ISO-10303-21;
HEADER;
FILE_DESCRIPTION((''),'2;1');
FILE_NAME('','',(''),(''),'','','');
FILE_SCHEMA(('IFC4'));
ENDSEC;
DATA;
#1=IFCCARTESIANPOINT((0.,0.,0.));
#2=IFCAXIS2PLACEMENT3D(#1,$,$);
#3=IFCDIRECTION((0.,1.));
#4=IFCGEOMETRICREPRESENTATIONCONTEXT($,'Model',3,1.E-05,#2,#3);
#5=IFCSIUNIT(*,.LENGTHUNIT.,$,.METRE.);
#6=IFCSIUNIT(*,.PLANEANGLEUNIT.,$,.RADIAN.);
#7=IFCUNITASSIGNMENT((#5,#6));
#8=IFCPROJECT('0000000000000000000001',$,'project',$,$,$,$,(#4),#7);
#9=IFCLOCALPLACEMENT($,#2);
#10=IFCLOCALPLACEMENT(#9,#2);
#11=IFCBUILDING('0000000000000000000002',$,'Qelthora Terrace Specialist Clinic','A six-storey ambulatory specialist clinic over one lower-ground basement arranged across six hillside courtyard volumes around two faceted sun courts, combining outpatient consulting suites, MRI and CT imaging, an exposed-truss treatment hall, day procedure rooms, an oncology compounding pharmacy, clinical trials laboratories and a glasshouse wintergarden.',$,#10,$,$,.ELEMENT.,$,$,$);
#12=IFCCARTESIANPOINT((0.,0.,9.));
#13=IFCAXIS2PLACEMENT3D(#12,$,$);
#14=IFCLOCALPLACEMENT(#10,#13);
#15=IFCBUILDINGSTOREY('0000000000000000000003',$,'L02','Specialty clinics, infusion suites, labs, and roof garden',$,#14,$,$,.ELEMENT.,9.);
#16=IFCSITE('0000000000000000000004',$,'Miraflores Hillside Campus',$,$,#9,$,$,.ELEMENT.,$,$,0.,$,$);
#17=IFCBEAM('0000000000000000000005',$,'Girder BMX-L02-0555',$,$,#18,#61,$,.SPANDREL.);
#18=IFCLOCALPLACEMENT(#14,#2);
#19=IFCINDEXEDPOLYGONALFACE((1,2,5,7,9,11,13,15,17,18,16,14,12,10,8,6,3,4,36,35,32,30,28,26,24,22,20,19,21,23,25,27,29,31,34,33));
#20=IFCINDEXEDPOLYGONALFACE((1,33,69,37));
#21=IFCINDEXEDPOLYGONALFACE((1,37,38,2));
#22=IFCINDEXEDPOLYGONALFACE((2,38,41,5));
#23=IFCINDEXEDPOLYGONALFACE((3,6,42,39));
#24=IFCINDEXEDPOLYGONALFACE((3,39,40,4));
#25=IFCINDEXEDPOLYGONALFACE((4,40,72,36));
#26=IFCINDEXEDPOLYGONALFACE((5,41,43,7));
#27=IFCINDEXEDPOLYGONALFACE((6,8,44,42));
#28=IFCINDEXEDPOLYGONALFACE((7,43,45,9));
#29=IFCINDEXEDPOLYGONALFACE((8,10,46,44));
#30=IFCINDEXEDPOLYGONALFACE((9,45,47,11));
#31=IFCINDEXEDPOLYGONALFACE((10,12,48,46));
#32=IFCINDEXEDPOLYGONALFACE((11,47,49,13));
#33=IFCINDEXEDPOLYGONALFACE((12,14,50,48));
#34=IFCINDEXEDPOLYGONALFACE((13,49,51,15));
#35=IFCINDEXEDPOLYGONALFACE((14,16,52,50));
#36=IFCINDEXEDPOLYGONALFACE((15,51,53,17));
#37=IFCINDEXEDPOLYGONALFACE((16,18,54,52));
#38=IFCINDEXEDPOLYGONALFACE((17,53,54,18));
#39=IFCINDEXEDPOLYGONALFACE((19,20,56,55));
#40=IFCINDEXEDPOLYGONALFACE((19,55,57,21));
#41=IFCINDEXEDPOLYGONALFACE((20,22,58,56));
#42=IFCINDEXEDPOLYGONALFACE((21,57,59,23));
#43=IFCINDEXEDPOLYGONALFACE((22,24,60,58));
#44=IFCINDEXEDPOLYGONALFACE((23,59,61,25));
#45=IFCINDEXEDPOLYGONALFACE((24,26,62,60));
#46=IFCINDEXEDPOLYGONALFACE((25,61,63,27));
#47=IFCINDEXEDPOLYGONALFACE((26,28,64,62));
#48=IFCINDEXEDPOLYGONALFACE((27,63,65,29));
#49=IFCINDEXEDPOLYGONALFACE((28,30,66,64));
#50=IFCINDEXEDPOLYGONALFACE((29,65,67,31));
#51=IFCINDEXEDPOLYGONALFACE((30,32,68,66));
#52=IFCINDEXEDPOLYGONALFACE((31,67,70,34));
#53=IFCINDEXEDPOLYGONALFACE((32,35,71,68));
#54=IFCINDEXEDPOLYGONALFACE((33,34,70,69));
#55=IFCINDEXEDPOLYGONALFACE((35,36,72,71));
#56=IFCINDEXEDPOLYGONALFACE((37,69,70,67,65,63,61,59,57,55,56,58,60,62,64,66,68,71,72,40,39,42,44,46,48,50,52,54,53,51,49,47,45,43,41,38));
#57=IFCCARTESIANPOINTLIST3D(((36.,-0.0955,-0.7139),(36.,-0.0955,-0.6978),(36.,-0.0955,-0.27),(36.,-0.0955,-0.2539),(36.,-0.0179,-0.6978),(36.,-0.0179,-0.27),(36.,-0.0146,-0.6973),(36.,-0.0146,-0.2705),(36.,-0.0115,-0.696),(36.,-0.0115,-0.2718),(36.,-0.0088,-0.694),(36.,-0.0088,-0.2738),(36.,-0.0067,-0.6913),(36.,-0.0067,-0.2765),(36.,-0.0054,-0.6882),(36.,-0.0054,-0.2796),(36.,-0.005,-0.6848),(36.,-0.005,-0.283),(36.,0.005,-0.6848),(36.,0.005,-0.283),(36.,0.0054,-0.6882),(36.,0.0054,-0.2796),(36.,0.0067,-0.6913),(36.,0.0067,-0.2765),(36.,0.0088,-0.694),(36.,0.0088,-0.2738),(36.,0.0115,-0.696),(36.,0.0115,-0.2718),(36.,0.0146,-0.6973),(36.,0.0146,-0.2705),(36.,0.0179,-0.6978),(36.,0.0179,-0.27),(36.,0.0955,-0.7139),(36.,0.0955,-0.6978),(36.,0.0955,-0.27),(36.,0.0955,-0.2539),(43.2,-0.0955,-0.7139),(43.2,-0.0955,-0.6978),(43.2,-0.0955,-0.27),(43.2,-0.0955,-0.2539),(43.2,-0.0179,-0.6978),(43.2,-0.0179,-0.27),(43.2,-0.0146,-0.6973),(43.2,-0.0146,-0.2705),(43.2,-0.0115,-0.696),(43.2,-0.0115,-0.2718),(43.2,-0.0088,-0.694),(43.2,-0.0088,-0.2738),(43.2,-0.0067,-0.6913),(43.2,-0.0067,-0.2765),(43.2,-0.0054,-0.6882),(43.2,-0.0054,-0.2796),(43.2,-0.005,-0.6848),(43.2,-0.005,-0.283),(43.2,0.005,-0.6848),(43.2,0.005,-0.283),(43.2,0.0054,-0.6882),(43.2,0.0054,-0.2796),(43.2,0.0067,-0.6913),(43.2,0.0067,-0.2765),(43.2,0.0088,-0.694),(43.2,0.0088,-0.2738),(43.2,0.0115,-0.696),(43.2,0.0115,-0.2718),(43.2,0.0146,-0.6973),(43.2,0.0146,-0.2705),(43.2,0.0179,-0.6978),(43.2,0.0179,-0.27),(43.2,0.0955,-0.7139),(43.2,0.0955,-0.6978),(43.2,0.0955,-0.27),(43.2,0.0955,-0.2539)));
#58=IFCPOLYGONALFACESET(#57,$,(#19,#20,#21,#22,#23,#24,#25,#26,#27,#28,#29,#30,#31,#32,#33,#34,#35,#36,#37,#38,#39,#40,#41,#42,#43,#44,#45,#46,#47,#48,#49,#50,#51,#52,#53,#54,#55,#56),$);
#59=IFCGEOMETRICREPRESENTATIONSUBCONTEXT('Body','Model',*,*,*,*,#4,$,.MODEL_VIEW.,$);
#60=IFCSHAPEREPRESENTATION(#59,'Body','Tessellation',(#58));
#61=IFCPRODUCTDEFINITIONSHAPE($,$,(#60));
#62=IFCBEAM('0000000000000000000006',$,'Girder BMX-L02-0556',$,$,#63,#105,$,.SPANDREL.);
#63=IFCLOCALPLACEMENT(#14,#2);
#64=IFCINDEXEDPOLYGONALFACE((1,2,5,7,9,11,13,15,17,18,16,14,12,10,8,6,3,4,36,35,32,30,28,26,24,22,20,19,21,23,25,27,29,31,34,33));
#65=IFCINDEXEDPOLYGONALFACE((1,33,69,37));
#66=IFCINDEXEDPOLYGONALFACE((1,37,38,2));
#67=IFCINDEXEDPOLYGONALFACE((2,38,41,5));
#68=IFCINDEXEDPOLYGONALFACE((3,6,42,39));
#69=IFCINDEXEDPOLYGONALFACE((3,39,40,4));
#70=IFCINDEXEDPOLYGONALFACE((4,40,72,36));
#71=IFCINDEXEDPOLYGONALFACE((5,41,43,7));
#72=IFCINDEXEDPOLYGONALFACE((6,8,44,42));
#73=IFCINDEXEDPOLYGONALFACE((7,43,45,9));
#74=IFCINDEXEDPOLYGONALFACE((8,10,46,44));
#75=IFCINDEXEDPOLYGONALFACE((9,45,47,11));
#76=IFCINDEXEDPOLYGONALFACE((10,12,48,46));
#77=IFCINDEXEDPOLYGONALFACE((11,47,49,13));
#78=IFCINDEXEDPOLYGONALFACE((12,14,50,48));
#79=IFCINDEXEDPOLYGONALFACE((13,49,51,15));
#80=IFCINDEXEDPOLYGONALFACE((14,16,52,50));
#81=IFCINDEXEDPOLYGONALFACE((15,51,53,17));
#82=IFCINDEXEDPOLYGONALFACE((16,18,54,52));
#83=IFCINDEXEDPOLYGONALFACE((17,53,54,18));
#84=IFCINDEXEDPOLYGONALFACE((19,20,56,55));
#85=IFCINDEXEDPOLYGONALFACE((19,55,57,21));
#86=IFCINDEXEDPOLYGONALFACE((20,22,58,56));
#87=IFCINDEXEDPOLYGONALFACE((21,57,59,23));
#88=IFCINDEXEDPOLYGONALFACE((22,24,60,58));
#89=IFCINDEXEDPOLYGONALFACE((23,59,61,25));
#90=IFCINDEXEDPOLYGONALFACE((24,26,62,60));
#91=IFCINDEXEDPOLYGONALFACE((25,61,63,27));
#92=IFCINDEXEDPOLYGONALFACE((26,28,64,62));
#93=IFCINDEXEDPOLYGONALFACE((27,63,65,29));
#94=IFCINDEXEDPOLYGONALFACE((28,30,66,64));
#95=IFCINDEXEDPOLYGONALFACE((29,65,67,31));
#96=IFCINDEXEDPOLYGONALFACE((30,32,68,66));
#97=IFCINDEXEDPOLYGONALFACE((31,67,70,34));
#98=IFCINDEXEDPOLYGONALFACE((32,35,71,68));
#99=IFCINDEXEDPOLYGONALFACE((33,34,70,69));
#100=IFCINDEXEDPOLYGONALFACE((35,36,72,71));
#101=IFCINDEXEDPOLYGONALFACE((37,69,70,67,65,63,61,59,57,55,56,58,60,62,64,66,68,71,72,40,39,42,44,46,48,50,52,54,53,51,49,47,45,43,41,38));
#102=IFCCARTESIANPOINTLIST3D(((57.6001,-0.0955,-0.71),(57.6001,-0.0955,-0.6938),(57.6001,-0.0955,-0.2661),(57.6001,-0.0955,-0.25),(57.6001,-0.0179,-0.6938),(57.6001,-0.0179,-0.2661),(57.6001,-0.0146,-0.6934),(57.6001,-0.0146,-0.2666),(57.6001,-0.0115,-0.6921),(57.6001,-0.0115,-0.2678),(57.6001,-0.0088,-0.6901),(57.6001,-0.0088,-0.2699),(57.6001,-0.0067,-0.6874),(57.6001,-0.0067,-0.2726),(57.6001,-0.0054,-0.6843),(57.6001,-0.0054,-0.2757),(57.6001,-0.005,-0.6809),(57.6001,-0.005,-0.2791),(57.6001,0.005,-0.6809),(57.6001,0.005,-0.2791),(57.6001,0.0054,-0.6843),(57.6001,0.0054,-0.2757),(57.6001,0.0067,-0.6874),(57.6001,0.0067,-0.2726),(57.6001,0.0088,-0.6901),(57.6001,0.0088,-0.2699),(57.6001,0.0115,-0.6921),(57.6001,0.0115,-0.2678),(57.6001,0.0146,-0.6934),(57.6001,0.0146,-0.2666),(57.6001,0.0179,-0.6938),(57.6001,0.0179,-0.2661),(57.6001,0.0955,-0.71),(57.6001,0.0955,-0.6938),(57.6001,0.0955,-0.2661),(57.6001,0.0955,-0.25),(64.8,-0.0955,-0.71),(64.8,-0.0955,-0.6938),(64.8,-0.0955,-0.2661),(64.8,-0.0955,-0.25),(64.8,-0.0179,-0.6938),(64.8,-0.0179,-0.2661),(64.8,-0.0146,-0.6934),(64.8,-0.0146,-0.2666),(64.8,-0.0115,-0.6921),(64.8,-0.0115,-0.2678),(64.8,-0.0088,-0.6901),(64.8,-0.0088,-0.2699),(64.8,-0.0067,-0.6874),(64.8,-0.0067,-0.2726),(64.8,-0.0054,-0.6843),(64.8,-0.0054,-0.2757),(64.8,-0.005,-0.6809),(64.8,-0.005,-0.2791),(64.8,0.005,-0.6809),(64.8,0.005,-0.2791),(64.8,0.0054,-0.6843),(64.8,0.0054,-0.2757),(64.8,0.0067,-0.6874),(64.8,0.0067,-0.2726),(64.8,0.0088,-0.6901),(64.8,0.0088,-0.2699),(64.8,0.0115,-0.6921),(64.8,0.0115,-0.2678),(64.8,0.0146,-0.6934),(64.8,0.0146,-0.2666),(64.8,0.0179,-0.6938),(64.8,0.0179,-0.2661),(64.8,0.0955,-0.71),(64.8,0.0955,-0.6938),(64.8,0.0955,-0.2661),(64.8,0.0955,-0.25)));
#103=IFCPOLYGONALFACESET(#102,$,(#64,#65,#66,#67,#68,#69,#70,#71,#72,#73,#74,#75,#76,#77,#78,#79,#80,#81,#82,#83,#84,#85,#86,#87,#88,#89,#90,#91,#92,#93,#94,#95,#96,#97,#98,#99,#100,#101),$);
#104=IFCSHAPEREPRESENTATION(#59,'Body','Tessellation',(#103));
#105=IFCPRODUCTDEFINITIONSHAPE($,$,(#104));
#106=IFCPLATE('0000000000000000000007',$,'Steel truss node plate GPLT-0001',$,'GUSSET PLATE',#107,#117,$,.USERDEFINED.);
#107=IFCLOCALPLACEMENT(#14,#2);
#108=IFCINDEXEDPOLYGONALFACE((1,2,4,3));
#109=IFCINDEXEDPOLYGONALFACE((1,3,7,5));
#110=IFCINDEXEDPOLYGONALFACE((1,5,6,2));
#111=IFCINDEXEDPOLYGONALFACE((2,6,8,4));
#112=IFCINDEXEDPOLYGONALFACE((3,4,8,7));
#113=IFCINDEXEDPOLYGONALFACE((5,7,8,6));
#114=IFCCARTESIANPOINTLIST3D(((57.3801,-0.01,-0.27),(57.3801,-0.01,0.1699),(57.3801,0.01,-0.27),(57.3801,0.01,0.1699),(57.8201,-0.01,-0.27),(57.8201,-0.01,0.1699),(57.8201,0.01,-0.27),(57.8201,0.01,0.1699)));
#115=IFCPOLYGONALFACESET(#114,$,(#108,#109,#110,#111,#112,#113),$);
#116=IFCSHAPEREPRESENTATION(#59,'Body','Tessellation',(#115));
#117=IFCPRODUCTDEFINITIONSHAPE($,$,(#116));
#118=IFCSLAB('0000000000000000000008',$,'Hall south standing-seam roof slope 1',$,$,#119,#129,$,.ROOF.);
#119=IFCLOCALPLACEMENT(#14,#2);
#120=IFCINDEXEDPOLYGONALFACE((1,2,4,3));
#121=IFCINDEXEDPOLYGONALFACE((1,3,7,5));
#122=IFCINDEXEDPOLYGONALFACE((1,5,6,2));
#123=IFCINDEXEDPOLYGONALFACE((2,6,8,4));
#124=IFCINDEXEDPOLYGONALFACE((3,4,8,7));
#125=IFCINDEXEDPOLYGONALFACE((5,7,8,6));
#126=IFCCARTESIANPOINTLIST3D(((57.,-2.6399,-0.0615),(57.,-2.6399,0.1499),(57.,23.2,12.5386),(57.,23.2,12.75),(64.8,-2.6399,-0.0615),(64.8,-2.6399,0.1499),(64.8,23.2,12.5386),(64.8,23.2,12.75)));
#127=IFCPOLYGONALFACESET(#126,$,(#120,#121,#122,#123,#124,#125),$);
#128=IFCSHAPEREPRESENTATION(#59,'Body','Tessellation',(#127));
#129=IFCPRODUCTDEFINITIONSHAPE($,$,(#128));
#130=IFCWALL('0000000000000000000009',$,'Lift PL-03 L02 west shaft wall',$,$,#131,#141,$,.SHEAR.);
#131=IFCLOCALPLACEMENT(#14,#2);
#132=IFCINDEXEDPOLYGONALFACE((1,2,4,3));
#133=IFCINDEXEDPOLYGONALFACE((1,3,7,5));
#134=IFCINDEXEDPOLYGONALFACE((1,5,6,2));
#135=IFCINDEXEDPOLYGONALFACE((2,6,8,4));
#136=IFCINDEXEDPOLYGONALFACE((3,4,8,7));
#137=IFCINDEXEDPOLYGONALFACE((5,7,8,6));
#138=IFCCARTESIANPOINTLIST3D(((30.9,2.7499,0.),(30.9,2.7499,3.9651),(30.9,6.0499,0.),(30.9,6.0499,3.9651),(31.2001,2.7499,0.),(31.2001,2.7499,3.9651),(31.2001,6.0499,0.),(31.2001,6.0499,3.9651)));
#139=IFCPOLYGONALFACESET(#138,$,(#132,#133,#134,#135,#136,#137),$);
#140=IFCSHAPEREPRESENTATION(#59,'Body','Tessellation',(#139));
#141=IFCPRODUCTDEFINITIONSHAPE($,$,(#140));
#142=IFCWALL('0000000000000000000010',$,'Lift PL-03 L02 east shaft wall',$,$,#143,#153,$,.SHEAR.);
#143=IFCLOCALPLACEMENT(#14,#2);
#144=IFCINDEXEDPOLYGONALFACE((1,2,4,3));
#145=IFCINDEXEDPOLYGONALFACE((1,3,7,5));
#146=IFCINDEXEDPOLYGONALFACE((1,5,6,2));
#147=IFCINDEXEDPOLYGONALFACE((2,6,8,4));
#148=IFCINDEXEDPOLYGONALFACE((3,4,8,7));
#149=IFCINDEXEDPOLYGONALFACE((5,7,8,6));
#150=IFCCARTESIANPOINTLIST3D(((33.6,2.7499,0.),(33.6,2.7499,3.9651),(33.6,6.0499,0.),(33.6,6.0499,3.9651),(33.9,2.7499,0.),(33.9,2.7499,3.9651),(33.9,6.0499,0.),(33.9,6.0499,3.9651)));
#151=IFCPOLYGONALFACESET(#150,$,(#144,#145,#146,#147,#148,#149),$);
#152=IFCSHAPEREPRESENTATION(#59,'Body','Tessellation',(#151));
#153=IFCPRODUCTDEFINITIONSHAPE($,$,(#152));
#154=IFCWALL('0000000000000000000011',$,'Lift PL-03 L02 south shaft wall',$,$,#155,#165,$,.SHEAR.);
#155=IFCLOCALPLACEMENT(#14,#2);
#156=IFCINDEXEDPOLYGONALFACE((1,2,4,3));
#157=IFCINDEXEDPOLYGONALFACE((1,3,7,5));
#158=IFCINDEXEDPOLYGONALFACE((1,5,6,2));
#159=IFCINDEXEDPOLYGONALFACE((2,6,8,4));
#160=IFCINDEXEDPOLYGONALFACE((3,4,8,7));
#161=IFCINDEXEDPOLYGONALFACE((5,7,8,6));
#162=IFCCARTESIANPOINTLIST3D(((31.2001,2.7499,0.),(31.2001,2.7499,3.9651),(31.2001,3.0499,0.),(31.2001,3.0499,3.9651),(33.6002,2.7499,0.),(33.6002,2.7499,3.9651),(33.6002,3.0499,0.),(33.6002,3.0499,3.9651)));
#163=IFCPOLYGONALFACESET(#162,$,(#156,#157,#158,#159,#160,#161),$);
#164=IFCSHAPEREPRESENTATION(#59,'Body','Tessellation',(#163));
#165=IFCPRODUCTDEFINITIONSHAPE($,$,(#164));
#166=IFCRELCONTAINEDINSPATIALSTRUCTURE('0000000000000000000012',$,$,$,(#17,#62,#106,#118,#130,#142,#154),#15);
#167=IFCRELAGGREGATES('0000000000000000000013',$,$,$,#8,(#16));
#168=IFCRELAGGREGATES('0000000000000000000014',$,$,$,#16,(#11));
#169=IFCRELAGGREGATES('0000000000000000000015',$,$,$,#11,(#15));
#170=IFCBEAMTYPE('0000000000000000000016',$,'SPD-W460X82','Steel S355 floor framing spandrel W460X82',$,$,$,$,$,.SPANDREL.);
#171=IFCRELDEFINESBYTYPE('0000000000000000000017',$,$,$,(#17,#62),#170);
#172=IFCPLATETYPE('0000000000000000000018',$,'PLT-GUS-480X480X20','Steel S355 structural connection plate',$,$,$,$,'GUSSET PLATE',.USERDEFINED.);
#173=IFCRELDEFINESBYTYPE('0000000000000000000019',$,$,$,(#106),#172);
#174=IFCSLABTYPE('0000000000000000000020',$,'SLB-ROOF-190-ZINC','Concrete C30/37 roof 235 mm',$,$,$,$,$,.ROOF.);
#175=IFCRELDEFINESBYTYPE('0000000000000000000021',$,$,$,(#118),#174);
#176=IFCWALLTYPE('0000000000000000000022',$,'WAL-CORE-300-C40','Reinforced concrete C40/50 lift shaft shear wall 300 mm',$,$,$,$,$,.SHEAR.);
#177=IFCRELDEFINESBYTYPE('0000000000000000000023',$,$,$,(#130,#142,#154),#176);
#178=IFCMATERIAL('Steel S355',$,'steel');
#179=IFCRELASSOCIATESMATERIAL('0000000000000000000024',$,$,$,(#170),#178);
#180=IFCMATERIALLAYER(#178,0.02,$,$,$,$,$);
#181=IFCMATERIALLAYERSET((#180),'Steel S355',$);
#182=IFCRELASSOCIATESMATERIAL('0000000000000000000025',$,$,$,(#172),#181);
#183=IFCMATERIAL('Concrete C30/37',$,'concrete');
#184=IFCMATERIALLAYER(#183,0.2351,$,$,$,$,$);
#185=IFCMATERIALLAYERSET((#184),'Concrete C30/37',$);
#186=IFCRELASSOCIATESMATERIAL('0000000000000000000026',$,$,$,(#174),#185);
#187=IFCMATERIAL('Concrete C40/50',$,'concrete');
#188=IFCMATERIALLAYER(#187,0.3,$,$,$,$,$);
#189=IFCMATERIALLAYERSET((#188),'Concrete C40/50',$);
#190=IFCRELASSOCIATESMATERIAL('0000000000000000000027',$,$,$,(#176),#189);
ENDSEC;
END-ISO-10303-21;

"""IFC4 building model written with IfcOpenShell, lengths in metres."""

from ifc_helpers import new_model, si_unit, direction, frame, frame_2d, origin, origin_2d, place, context, subcontext, project, spatial, polyline, rectangle, i_section, outline, extrude, material, layer, layer_set, material_profile, profile_set, type_object, element, save


model = new_model("IFC4")

# Units and contexts
model_context = context("Model", 3, precision=1e-05, world=origin(), true_north=direction((0.0, 1.0)))
body_context = subcontext(model_context, "Body", "Model", "MODEL_VIEW")
ifc_project = project(units=[si_unit("LENGTHUNIT", "METRE"), si_unit("PLANEANGLEUNIT", "RADIAN")], contexts=[model_context])

# Site, building, storey
site_placement = place(None, origin())
site = spatial("IfcSite", under=ifc_project, at=site_placement, Name="Miraflores Hillside Campus", CompositionType="ELEMENT", RefElevation=0.0)
building_placement = place(site_placement, origin())
building = spatial("IfcBuilding", under=site, at=building_placement, Name="Qelthora Terrace Specialist Clinic", Description="A six-storey ambulatory specialist clinic over one lower-ground basement arranged across six hillside courtyard volumes around two faceted sun courts, combining outpatient consulting suites, MRI and CT imaging, an exposed-truss treatment hall, day procedure rooms, an oncology compounding pharmacy, clinical trials laboratories and a glasshouse wintergarden.", CompositionType="ELEMENT")
storey_placement = place(building_placement, frame((0.0, 0.0, 9.0)))
storey = spatial("IfcBuildingStorey", under=building, at=storey_placement, Name="L02", Description="Specialty clinics, infusion suites, labs, and roof garden", CompositionType="ELEMENT", Elevation=9.0)

# Shared definitions
ifc_material_1 = material(Name="Steel S355", Category="steel")

# Beams
ifc_material_profile_1 = material_profile(ifc_material_1, i_section(OverallWidth=0.1909, OverallDepth=0.46, WebThickness=0.01, FlangeThickness=0.0161, FilletRadius=0.0129, at=origin_2d()), Name="W460X82")
ifc_profile_set_1 = profile_set([ifc_material_profile_1], Name="Steel S355")
beam_type_1 = type_object("IfcBeamType", Name="SPD-W460X82", Description="Steel S355 floor framing spandrel W460X82", PredefinedType="SPANDREL", material=ifc_profile_set_1)
for number, where, z_axis, x_axis, name in (
    (1, (36.0, 0.0, -0.4839), (1.0, 0.0, 0.0), (0.0, 1.0, 0.0), "Girder BMX-L02-0555"),
    (2, (57.6001, 0.0, -0.48), (1.0, 0.0, 0.0), (0.0, 1.0, 0.0), "Girder BMX-L02-0556"),
):
    element("IfcBeam", number, at=place(storey_placement, frame(where, z_axis=z_axis, x_axis=x_axis)), inside=storey, type_object=beam_type_1, Name=name, PredefinedType="SPANDREL", context=body_context, shape_type="SweptSolid", body=[
        extrude(i_section(OverallWidth=0.1909, OverallDepth=0.46, WebThickness=0.01, FlangeThickness=0.0161, FilletRadius=0.0129, at=origin_2d()), origin(), (0.0, 0.0, 1.0), 7.2),
    ])

# Plate
ifc_layer_1 = layer(ifc_material_1, 0.02)
ifc_layer_set_1 = layer_set([ifc_layer_1], Name="Steel S355")
plate_type = type_object("IfcPlateType", Name="PLT-GUS-480X480X20", Description="Steel S355 structural connection plate", ElementType="GUSSET PLATE", PredefinedType="USERDEFINED", material=ifc_layer_set_1)
plate_placement = place(storey_placement, frame((57.6001, 0.0, -0.27), z_axis=(0.0, 0.0, 1.0), x_axis=(1.0, 0.0, 0.0)))
element("IfcPlate", 3, at=plate_placement, inside=storey, type_object=plate_type, Name="Steel truss node plate GPLT-0001", ObjectType="GUSSET PLATE", PredefinedType="USERDEFINED", context=body_context, shape_type="SweptSolid", body=[
    extrude(rectangle(XDim=0.4399, YDim=0.02, at=origin_2d()), origin(), (0.0, 0.0, 1.0), 0.4399),
])

# Slab
ifc_material_2 = material(Name="Concrete C30/37", Category="concrete")
ifc_layer_2 = layer(ifc_material_2, 0.2351)
ifc_layer_set_2 = layer_set([ifc_layer_2], Name="Concrete C30/37")
slab_type = type_object("IfcSlabType", Name="SLB-ROOF-190-ZINC", Description="Concrete C30/37 roof 235 mm", PredefinedType="ROOF", material=ifc_layer_set_2)
slab_placement = place(storey_placement, frame((57.0, -2.6399, -0.0615), z_axis=(0.0, -0.438291, 0.898833), x_axis=(1.0, 0.0, 0.0)))
element("IfcSlab", 4, at=slab_placement, inside=storey, type_object=slab_type, Name="Hall south standing-seam roof slope 1", PredefinedType="ROOF", context=body_context, shape_type="SweptSolid", body=[
    extrude(outline(polyline([(0.0, 0.0), (7.8, 0.0), (7.8, 28.7482), (0.0, 28.7482), (0.0, 0.0)])), origin(), (0.0, 0.438291, 0.898833), 0.2114),
])

# Walls
ifc_material_3 = material(Name="Concrete C40/50", Category="concrete")
ifc_layer_3 = layer(ifc_material_3, 0.3)
ifc_layer_set_3 = layer_set([ifc_layer_3], Name="Concrete C40/50")
wall_type_1 = type_object("IfcWallType", Name="WAL-CORE-300-C40", Description="Reinforced concrete C40/50 lift shaft shear wall 300 mm", PredefinedType="SHEAR", material=ifc_layer_set_3)
for number, where, z_axis, x_axis, name in (
    (5, (31.05, 2.75, 0.0), (0.0, 0.0, 1.0), (0.0, 1.0, 0.0), "Lift PL-03 L02 west shaft wall"),
    (6, (33.75, 2.75, 0.0), (0.0, 0.0, 1.0), (0.0, 1.0, 0.0), "Lift PL-03 L02 east shaft wall"),
):
    element("IfcWall", number, at=place(storey_placement, frame(where, z_axis=z_axis, x_axis=x_axis)), inside=storey, type_object=wall_type_1, Name=name, PredefinedType="SHEAR", context=body_context, shape_type="SweptSolid", body=[
        extrude(rectangle(XDim=3.3, YDim=0.3, at=frame_2d((1.6499, 0.0))), origin(), (0.0, 0.0, 1.0), 3.9651),
    ])
wall_1_placement = place(storey_placement, frame((31.2, 2.8999, 0.0), z_axis=(0.0, 0.0, 1.0), x_axis=(1.0, 0.0, 0.0)))
element("IfcWall", 7, at=wall_1_placement, inside=storey, type_object=wall_type_1, Name="Lift PL-03 L02 south shaft wall", PredefinedType="SHEAR", context=body_context, shape_type="SweptSolid", body=[
    extrude(rectangle(XDim=2.4001, YDim=0.3, at=frame_2d((1.2002, 0.0))), origin(), (0.0, 0.0, 1.0), 3.9651),
])

save(model, "model.ifc")
